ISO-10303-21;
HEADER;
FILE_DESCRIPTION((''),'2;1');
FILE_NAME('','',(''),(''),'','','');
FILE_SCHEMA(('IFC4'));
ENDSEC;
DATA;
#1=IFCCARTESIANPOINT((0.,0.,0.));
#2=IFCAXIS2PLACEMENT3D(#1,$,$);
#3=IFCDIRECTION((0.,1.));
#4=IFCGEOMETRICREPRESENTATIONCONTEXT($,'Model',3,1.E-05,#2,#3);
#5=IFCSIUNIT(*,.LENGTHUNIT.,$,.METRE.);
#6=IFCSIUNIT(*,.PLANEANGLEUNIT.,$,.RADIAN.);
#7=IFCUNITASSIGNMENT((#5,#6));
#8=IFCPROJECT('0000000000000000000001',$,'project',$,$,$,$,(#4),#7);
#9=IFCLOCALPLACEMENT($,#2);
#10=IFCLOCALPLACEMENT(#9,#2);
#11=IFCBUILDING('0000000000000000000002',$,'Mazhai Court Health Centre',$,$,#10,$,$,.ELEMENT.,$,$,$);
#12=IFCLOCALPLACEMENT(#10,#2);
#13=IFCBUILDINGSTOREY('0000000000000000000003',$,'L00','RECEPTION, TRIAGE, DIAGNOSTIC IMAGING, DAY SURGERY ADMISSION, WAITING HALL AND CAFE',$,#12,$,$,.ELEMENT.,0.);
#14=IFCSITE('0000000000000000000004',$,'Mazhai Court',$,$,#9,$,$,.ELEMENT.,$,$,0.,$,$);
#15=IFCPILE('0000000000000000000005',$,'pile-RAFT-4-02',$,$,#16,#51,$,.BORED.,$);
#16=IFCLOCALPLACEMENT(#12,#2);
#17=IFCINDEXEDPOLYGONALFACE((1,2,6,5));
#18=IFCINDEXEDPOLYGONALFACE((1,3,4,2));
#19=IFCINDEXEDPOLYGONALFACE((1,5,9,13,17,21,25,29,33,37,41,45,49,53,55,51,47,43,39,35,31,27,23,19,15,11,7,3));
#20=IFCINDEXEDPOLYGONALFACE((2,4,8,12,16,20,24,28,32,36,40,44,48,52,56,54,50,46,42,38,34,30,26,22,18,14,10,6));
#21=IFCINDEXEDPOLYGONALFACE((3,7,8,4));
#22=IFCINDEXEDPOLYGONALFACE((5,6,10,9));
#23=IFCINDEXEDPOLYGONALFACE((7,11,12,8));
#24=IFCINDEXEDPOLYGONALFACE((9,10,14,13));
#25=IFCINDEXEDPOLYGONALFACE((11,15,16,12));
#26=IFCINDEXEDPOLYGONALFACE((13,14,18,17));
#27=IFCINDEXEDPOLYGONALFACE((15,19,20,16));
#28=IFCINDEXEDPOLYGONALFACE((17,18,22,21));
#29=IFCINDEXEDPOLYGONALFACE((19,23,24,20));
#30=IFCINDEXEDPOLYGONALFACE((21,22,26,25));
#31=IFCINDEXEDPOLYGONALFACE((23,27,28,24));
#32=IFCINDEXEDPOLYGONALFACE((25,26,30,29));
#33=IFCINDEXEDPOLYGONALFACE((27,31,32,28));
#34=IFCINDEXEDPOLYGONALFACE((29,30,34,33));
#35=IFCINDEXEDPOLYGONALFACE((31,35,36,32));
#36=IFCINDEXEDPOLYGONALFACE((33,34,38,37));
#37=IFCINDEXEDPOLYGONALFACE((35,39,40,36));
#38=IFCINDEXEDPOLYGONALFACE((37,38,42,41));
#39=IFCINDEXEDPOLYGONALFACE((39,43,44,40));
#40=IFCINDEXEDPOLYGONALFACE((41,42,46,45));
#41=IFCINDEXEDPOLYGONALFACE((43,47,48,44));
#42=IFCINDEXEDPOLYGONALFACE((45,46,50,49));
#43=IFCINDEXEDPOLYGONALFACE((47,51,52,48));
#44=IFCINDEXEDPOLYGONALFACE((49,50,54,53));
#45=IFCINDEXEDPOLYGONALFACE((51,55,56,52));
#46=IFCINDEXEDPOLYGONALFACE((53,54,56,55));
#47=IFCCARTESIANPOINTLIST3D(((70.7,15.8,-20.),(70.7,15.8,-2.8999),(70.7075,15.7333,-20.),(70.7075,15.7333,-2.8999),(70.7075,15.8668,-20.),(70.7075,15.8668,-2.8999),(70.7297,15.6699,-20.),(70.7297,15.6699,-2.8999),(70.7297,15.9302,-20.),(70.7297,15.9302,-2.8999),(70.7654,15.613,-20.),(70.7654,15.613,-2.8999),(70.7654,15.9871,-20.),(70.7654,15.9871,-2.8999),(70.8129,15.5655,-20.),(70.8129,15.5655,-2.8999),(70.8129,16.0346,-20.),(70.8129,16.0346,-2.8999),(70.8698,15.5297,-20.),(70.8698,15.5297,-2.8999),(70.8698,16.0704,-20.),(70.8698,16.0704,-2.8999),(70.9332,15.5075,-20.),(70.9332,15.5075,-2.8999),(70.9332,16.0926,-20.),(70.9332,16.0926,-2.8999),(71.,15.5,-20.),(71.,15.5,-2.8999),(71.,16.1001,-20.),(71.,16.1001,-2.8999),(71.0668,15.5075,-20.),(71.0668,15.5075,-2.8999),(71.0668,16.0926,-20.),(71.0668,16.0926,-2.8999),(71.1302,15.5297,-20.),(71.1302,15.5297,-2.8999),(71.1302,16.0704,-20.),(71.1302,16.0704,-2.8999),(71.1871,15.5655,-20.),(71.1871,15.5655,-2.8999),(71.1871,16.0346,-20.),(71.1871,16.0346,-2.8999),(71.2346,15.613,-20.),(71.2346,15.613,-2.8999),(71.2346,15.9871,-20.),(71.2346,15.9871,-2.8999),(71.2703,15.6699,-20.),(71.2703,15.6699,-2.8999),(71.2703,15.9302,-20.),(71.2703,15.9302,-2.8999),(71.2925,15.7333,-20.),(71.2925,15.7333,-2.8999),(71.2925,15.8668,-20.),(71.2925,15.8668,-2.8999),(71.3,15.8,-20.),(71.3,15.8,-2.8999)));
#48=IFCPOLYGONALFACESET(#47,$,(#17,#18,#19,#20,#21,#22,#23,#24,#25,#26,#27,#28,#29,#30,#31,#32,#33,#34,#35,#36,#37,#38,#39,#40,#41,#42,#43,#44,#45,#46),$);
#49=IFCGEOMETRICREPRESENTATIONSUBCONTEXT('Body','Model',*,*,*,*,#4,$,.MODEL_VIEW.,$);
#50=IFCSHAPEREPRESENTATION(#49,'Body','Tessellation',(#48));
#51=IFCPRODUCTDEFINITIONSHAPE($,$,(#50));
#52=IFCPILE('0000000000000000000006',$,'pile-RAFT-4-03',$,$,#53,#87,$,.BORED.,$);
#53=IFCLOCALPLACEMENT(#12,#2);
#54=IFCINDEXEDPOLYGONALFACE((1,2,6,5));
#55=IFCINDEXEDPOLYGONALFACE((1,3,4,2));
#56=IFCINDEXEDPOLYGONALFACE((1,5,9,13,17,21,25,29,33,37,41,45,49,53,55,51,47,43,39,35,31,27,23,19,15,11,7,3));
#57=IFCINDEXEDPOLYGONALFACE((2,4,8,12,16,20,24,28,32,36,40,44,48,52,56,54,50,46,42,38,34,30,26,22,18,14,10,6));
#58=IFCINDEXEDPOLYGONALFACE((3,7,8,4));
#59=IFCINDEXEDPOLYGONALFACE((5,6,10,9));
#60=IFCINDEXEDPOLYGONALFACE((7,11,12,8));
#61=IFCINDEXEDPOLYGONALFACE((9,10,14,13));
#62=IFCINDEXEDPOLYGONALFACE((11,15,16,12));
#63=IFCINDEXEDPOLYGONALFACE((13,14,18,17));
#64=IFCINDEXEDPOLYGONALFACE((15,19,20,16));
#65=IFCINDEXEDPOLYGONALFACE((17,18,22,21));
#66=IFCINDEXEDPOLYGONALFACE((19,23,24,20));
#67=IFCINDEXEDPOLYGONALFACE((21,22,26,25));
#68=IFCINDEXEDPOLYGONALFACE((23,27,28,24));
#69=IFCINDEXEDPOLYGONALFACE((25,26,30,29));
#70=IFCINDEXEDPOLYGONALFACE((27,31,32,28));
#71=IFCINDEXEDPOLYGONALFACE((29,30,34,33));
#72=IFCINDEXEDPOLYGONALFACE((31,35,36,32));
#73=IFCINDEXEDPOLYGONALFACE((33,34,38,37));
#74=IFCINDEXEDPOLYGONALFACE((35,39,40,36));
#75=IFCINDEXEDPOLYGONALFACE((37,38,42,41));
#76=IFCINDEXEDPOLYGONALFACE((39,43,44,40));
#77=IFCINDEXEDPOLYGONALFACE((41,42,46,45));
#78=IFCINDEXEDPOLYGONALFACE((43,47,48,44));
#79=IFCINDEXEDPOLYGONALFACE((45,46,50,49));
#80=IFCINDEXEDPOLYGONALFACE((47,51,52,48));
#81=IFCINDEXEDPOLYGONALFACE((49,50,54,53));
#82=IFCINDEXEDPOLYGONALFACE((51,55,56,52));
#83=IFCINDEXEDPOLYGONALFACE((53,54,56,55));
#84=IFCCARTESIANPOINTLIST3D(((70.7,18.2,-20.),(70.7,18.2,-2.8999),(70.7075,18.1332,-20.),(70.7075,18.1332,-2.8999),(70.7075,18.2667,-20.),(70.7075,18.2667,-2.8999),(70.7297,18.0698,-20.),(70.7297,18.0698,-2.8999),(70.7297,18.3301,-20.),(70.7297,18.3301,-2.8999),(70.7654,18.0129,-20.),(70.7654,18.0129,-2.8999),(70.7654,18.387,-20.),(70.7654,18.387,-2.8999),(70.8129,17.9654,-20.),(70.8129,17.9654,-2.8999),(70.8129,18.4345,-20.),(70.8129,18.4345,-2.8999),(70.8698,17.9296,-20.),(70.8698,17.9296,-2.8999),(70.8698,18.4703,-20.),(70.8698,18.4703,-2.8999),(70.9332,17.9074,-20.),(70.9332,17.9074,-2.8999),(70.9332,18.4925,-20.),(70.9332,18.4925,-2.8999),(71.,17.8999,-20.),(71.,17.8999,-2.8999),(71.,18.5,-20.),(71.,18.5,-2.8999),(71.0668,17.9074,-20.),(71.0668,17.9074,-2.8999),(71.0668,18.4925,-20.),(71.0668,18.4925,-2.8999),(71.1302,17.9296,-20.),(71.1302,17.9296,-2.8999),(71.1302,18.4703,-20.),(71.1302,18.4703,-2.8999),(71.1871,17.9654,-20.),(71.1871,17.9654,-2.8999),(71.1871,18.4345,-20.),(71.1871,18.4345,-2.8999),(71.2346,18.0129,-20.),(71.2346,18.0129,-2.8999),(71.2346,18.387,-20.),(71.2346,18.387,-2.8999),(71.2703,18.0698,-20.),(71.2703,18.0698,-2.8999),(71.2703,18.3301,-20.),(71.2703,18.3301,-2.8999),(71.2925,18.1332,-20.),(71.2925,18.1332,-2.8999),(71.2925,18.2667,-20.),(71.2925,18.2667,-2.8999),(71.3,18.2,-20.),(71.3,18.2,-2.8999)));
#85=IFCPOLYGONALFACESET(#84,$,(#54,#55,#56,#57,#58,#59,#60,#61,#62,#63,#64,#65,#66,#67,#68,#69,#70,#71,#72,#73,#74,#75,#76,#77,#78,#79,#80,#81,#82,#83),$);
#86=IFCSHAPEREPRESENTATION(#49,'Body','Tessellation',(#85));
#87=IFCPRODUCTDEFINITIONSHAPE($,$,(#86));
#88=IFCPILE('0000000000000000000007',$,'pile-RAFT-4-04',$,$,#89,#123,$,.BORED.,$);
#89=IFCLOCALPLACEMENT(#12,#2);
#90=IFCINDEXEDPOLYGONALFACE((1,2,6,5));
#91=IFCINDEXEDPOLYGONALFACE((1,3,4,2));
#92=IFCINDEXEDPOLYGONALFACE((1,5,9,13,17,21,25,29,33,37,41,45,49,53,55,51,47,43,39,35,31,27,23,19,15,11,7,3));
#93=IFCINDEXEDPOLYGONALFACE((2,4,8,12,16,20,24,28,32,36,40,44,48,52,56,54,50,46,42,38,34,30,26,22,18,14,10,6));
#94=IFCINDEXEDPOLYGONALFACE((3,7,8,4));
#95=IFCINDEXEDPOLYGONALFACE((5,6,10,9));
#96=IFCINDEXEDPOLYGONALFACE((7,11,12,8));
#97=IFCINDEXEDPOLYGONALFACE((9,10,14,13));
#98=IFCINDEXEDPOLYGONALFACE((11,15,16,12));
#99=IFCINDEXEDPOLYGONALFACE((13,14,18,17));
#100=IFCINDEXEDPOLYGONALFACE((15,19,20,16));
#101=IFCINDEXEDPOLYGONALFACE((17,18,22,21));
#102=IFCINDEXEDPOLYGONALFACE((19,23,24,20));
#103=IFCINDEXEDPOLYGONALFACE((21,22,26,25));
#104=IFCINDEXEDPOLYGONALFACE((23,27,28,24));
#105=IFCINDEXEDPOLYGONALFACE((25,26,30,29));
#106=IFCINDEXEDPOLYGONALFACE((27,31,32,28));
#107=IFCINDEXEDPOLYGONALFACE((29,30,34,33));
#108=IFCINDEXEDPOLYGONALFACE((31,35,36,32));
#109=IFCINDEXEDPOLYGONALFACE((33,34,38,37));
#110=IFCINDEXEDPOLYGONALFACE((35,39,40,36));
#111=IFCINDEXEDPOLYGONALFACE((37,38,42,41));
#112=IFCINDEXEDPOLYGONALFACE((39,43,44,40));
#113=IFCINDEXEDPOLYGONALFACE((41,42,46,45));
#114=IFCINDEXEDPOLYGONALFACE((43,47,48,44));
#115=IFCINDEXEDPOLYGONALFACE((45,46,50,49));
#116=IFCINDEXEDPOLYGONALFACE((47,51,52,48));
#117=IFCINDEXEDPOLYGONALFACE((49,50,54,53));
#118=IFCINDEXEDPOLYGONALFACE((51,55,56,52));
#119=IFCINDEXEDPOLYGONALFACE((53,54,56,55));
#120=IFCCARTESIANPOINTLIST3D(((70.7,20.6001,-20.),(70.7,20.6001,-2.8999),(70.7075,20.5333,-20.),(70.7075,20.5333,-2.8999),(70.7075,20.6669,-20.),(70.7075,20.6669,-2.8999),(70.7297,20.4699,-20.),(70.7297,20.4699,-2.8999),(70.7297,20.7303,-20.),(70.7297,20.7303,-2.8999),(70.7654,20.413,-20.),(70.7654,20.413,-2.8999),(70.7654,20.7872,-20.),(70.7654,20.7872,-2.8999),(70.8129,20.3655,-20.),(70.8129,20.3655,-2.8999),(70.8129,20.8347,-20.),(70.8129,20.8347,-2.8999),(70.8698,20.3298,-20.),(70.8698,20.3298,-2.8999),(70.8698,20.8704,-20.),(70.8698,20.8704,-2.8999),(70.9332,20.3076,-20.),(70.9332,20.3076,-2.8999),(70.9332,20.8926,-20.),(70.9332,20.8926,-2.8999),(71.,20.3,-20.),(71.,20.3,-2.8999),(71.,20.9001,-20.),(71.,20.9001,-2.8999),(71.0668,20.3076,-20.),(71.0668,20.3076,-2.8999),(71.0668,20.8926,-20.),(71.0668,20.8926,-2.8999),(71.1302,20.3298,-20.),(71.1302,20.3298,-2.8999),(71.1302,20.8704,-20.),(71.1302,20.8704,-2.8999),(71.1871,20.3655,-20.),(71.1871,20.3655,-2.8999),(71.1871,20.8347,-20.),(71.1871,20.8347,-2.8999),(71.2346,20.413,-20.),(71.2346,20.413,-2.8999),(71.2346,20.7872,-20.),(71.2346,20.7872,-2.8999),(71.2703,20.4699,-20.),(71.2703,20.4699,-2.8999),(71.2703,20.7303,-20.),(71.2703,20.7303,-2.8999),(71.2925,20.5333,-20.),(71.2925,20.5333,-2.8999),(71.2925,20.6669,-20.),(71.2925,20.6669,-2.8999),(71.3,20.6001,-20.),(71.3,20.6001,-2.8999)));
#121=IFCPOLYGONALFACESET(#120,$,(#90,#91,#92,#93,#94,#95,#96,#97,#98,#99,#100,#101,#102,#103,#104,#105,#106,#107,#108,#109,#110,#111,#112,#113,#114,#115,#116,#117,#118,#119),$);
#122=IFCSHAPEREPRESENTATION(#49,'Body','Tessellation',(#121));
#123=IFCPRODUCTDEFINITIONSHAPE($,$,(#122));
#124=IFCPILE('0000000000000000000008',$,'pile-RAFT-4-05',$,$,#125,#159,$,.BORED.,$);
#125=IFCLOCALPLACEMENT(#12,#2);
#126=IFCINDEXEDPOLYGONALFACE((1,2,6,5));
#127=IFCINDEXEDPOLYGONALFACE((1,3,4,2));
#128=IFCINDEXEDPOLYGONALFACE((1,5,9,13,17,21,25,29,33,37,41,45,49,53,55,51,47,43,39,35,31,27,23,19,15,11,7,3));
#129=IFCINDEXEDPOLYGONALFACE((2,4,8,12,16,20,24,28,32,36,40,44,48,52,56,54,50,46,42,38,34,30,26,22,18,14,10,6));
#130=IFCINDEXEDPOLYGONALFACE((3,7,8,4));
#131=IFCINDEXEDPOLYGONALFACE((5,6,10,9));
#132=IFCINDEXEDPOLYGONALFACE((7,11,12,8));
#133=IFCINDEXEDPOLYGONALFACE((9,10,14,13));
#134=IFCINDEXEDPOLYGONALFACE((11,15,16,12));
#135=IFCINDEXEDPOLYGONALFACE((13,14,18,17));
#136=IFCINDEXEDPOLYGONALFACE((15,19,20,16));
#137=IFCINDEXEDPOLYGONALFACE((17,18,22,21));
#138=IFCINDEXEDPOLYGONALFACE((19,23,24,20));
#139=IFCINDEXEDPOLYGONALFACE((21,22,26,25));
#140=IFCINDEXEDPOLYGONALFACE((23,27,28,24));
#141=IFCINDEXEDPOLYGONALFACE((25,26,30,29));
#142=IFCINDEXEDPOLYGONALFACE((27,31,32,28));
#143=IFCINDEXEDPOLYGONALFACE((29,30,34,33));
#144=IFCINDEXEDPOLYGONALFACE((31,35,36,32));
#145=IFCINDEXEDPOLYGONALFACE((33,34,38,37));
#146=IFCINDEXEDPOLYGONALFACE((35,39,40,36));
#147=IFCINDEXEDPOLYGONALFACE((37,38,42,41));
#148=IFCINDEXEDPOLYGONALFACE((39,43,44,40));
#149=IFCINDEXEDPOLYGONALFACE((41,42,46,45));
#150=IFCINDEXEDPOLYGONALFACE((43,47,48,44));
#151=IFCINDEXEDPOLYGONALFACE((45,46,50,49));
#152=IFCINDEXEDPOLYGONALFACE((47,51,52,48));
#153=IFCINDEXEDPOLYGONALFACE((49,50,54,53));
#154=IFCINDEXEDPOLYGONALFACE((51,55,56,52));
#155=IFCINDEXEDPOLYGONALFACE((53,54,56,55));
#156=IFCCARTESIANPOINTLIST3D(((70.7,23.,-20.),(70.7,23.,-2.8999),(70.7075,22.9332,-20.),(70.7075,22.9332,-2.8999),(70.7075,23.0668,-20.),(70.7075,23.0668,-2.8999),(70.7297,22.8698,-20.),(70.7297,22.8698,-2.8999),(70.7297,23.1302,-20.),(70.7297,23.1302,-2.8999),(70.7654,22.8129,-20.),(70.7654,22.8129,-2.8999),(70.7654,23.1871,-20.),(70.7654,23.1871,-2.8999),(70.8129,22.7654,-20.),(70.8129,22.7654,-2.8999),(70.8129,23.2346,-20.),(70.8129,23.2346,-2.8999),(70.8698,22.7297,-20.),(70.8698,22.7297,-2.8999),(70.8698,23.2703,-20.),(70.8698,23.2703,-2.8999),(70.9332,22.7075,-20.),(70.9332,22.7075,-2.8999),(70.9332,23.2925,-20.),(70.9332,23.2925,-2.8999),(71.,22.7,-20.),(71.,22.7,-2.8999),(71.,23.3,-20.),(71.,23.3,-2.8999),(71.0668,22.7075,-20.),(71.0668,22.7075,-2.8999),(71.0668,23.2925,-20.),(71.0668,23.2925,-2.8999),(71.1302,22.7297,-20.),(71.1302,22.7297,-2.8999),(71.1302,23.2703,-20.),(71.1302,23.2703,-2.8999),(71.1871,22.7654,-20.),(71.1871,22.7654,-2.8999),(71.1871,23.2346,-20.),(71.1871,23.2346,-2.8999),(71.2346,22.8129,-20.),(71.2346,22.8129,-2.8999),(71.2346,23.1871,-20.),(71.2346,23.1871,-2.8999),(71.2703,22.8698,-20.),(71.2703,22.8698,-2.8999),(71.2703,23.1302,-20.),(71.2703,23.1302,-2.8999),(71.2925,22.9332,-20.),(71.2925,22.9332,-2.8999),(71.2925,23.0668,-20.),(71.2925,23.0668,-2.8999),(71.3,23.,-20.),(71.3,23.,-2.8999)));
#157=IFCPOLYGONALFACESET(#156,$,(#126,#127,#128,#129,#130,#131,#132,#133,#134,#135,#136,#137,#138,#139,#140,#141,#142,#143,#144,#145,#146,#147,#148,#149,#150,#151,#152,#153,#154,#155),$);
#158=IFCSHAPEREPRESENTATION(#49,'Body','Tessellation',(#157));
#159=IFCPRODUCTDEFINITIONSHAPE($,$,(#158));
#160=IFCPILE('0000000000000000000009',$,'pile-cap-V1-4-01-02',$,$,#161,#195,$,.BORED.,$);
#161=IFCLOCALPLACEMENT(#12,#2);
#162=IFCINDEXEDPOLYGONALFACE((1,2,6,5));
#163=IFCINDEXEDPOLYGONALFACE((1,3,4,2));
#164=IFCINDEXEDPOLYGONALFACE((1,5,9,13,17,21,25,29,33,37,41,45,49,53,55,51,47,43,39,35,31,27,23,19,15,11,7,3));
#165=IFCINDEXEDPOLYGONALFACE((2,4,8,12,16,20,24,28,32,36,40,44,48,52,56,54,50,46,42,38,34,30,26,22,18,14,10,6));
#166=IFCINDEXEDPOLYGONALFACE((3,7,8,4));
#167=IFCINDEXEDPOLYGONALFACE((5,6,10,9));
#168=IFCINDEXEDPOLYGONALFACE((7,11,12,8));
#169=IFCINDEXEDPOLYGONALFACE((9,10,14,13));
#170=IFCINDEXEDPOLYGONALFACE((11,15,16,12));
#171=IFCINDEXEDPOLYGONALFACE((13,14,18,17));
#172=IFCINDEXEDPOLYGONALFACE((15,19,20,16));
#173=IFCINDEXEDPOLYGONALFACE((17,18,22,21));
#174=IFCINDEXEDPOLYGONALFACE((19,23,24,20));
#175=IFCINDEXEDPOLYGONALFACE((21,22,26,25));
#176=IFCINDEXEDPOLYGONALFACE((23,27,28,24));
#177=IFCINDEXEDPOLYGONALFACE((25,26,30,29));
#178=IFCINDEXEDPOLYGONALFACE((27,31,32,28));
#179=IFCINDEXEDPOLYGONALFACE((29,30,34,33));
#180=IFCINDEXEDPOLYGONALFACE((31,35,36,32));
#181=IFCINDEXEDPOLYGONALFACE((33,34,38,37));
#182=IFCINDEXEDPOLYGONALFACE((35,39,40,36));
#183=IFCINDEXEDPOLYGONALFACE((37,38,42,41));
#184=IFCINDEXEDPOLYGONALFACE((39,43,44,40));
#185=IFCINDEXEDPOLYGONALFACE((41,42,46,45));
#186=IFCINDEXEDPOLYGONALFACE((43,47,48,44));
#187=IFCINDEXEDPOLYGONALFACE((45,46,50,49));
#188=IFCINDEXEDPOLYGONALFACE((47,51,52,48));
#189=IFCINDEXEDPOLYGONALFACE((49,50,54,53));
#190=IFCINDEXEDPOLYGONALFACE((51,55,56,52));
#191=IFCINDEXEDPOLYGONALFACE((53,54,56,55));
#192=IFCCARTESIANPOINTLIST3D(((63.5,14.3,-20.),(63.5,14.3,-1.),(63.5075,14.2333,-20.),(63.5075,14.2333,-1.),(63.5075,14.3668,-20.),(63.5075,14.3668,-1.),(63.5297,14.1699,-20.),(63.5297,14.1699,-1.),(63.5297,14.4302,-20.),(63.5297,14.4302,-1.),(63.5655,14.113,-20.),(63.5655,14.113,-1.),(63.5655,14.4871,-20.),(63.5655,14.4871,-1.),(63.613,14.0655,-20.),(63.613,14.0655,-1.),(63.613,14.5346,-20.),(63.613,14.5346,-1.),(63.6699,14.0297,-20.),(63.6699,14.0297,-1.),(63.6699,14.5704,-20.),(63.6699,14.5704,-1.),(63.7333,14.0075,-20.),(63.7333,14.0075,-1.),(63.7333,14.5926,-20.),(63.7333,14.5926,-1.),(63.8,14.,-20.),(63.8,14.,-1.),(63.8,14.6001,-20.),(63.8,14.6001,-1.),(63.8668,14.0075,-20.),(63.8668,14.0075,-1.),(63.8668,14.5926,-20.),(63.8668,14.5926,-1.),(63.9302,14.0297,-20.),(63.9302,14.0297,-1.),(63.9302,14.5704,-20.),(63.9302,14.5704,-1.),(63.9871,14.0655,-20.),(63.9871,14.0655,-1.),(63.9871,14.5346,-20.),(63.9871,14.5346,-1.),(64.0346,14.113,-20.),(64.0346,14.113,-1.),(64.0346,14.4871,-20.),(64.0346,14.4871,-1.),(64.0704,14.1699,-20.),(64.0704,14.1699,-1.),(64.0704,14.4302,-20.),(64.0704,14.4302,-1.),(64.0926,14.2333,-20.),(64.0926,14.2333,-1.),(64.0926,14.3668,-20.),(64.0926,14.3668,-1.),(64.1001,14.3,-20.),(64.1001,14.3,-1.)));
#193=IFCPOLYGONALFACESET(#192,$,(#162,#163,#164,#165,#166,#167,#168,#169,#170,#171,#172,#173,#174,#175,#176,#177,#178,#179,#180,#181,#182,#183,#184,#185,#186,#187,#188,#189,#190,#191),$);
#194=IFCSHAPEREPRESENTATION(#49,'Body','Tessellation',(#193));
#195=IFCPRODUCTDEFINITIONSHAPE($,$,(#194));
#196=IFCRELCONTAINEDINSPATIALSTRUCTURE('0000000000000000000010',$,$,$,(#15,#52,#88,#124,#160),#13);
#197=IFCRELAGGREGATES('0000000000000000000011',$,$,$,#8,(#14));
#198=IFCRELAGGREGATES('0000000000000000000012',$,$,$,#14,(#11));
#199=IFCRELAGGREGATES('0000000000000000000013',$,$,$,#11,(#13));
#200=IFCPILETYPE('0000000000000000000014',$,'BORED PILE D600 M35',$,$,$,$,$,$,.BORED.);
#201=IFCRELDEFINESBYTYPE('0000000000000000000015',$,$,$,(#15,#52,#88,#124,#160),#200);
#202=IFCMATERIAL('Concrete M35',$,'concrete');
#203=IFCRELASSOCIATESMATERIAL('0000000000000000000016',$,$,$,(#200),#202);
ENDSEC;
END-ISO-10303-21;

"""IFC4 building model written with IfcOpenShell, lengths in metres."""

from ifc_helpers import new_model, si_unit, direction, frame, origin, origin_2d, place, context, subcontext, project, spatial, circle, extrude, material, material_profile, profile_set, type_object, element, save


model = new_model("IFC4")

# Units and contexts
model_context = context("Model", 3, precision=1e-05, world=origin(), true_north=direction((0.0, 1.0)))
body_context = subcontext(model_context, "Body", "Model", "MODEL_VIEW")
ifc_project = project(units=[si_unit("LENGTHUNIT", "METRE"), si_unit("PLANEANGLEUNIT", "RADIAN")], contexts=[model_context])

# Site, building, storey
site_placement = place(None, origin())
site = spatial("IfcSite", under=ifc_project, at=site_placement, Name="Mazhai Court", CompositionType="ELEMENT", RefElevation=0.0)
building_placement = place(site_placement, origin())
building = spatial("IfcBuilding", under=site, at=building_placement, Name="Mazhai Court Health Centre", CompositionType="ELEMENT")
storey_placement = place(building_placement, origin())
storey = spatial("IfcBuildingStorey", under=building, at=storey_placement, Name="L00", Description="RECEPTION, TRIAGE, DIAGNOSTIC IMAGING, DAY SURGERY ADMISSION, WAITING HALL AND CAFE", CompositionType="ELEMENT", Elevation=0.0)

# Piles
ifc_material_1 = material(Name="Concrete M35", Category="concrete")
ifc_material_profile_1 = material_profile(ifc_material_1, circle(Radius=0.3, at=origin_2d()), Name="RC PILE D600")
ifc_profile_set_1 = profile_set([ifc_material_profile_1], Name="Concrete M35")
pile_type = type_object("IfcPileType", Name="BORED PILE D600 M35", PredefinedType="BORED", material=ifc_profile_set_1)
for number, where, z_axis, x_axis, name in (
    (1, (71.0, 15.8, -2.8999), (0.0, 0.0, -1.0), (1.0, 0.0, 0.0), "pile-RAFT-4-02"),
    (2, (71.0, 18.2, -2.8999), (0.0, 0.0, -1.0), (1.0, 0.0, 0.0), "pile-RAFT-4-03"),
    (3, (71.0, 20.6001, -2.8999), (0.0, 0.0, -1.0), (1.0, 0.0, 0.0), "pile-RAFT-4-04"),
    (4, (71.0, 23.0, -2.8999), (0.0, 0.0, -1.0), (1.0, 0.0, 0.0), "pile-RAFT-4-05"),
):
    element("IfcPile", number, at=place(storey_placement, frame(where, z_axis=z_axis, x_axis=x_axis)), inside=storey, type_object=pile_type, Name=name, PredefinedType="BORED", context=body_context, shape_type="SweptSolid", body=[
        extrude(circle(Radius=0.3, at=origin_2d()), origin(), (0.0, 0.0, 1.0), 17.1001),
    ])
for number, where, z_axis, x_axis, name in (
    (5, (63.8, 14.3, -1.0), (0.0, 0.0, -1.0), (1.0, 0.0, 0.0), "pile-cap-V1-4-01-02"),
):
    element("IfcPile", number, at=place(storey_placement, frame(where, z_axis=z_axis, x_axis=x_axis)), inside=storey, type_object=pile_type, Name=name, PredefinedType="BORED", context=body_context, shape_type="SweptSolid", body=[
        extrude(circle(Radius=0.3, at=origin_2d()), origin(), (0.0, 0.0, 1.0), 19.0),
    ])

save(model, "model.ifc")
